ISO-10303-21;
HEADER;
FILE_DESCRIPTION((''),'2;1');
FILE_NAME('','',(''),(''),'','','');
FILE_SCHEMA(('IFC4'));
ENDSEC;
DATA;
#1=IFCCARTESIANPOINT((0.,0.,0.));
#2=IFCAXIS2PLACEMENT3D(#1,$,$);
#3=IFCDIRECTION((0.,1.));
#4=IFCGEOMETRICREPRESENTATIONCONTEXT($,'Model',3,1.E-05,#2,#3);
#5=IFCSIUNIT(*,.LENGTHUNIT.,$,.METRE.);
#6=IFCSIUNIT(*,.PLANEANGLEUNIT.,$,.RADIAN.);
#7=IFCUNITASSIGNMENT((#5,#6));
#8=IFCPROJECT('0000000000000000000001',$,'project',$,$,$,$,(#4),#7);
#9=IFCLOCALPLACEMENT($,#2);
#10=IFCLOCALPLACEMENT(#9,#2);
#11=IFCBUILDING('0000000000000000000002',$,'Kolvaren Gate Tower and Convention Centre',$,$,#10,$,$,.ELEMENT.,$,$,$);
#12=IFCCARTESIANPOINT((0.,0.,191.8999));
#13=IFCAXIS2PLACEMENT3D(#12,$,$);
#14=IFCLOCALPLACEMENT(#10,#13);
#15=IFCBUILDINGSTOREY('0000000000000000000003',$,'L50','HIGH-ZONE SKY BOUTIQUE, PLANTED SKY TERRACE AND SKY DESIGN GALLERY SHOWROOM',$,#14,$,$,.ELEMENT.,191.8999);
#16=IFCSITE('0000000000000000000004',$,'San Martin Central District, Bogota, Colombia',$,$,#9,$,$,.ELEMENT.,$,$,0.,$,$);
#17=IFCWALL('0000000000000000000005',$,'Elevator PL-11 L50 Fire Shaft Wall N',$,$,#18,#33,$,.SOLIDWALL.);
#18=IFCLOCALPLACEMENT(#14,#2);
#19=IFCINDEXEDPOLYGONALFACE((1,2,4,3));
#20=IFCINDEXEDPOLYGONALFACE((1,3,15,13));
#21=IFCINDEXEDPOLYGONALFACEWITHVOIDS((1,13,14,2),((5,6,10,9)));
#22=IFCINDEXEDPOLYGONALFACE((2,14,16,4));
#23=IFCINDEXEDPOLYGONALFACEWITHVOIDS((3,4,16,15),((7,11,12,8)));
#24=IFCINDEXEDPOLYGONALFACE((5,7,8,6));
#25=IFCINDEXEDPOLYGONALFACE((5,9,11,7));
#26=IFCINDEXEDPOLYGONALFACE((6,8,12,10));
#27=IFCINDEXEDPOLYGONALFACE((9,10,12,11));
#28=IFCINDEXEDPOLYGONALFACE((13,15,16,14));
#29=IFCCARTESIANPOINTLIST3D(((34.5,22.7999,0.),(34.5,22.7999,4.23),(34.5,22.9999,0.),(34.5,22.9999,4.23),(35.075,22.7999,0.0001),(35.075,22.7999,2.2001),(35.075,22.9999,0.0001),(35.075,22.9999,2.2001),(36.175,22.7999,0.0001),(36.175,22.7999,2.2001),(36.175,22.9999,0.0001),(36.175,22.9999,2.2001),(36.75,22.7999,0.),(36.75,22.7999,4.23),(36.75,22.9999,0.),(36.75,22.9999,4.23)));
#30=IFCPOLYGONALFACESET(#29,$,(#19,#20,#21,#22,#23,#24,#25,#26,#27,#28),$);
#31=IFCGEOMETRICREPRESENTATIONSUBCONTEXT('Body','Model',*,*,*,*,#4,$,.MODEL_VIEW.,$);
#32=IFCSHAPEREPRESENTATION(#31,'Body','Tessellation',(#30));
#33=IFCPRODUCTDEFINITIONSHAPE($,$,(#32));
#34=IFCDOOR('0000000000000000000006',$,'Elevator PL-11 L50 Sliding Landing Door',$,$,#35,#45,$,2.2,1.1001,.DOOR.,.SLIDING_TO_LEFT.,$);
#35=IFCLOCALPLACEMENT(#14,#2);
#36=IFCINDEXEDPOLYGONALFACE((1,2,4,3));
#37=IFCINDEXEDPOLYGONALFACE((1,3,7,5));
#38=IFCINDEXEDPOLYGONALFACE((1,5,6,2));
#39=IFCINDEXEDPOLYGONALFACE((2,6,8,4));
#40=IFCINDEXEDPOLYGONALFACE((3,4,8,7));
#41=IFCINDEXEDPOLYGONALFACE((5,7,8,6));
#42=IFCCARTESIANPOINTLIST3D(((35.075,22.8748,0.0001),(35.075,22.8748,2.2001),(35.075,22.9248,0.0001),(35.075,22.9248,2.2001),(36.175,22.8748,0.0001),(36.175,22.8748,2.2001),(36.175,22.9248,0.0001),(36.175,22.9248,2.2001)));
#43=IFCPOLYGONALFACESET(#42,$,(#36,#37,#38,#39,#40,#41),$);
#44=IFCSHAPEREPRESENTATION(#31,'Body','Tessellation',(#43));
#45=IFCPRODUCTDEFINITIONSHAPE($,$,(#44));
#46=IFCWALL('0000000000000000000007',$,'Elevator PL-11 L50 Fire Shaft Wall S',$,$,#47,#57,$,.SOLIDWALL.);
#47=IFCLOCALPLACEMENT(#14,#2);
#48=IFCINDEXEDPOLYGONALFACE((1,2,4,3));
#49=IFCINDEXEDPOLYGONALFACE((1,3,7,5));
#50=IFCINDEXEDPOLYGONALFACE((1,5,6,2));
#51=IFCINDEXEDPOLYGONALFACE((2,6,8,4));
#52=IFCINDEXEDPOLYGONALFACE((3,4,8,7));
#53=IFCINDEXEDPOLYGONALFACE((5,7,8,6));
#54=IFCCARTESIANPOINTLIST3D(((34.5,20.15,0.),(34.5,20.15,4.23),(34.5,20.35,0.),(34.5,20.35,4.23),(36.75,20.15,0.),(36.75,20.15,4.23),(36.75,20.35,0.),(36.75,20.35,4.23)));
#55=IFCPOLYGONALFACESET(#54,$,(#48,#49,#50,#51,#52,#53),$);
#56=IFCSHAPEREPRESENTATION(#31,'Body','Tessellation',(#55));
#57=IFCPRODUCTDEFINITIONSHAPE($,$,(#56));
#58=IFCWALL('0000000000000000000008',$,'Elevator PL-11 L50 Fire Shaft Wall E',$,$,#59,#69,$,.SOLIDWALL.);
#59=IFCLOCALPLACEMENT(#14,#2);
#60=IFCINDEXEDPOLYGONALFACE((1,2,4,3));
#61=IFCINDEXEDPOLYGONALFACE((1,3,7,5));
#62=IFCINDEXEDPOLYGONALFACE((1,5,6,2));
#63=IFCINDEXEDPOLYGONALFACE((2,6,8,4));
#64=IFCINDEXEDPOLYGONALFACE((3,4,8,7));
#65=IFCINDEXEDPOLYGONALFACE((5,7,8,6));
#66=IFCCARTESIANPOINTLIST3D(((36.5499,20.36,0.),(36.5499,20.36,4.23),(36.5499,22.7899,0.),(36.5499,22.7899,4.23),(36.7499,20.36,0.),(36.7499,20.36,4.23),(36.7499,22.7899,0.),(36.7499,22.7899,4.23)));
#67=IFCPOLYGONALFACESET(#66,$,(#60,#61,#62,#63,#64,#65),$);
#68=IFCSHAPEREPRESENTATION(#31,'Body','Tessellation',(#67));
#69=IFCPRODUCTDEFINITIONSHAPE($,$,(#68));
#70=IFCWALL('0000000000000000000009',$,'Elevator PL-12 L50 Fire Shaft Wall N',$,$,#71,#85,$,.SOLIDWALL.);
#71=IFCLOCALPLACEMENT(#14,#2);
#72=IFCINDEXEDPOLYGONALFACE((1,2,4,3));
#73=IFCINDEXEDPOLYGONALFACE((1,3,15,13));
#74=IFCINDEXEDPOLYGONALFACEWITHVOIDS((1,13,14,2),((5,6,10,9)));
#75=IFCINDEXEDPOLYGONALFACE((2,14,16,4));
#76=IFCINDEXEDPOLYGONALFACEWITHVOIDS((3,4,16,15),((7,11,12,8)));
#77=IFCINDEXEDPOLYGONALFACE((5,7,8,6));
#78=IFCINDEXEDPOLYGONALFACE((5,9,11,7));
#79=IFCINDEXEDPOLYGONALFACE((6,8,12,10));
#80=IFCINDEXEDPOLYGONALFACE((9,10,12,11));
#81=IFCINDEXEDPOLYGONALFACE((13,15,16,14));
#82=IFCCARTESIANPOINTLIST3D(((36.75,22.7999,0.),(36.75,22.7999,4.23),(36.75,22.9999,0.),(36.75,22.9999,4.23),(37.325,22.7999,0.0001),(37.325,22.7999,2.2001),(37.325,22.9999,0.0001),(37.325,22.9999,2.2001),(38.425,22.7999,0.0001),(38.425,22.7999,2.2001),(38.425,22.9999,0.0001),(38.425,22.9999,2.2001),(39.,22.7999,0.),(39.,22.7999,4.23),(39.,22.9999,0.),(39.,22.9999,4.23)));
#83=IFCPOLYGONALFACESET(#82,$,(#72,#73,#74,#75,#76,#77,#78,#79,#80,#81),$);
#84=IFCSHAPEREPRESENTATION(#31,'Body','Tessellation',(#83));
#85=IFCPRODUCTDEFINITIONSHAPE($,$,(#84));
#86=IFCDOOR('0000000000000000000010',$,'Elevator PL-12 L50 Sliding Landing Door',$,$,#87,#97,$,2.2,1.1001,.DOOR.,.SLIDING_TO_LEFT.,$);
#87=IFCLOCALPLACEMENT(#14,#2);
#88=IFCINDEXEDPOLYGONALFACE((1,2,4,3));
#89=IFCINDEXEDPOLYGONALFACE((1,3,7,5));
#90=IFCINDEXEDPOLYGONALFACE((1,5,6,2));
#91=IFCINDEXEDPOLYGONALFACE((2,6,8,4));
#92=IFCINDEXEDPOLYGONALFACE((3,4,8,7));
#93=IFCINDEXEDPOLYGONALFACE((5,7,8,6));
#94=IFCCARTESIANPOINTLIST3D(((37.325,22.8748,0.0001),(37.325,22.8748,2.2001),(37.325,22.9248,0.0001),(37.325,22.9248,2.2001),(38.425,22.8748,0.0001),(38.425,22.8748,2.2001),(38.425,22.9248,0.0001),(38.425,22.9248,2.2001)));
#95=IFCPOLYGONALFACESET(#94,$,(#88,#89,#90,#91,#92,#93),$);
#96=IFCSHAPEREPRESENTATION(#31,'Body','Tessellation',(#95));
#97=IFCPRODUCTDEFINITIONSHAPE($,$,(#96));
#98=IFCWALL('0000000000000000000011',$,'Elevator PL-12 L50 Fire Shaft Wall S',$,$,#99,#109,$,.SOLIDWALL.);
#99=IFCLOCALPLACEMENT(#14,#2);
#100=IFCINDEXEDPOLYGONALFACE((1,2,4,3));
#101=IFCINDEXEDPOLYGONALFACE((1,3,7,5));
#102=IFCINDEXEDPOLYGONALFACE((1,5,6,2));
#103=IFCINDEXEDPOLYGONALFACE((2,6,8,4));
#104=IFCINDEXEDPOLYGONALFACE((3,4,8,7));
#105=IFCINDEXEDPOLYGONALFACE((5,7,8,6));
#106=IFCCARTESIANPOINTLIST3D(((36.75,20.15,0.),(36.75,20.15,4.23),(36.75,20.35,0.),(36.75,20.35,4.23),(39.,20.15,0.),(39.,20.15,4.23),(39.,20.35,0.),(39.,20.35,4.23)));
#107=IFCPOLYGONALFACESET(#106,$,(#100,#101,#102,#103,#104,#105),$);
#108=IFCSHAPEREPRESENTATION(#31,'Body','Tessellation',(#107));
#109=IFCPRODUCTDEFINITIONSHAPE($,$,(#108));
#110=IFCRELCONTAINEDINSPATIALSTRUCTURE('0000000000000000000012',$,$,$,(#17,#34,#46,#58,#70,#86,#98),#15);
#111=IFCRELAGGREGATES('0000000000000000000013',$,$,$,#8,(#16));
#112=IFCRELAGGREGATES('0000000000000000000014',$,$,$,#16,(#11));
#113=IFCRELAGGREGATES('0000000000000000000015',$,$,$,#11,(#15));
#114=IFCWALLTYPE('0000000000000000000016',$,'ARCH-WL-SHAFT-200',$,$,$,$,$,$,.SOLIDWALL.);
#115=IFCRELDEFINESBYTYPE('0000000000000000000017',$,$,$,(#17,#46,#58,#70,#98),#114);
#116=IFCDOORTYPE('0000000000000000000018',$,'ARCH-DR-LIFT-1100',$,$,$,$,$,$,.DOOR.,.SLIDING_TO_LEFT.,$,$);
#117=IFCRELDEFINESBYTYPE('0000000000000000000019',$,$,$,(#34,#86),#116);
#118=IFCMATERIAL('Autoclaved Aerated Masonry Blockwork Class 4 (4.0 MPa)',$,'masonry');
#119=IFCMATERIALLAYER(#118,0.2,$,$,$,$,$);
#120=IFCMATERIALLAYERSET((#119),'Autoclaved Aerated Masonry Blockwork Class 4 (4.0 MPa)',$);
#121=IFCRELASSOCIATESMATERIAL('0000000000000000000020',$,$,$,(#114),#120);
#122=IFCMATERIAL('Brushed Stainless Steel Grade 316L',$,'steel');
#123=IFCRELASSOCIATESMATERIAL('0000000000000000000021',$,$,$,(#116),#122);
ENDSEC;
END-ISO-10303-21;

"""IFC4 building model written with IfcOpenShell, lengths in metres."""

from ifc_helpers import new_model, si_unit, direction, frame, frame_2d, origin, place, context, subcontext, project, spatial, rectangle, extrude, material, layer, layer_set, type_object, element, fill, save


model = new_model("IFC4")

# Units and contexts
model_context = context("Model", 3, precision=1e-05, world=origin(), true_north=direction((0.0, 1.0)))
body_context = subcontext(model_context, "Body", "Model", "MODEL_VIEW")
ifc_project = project(units=[si_unit("LENGTHUNIT", "METRE"), si_unit("PLANEANGLEUNIT", "RADIAN")], contexts=[model_context])

# Site, building, storey
site_placement = place(None, origin())
site = spatial("IfcSite", under=ifc_project, at=site_placement, Name="San Martin Central District, Bogota, Colombia", CompositionType="ELEMENT", RefElevation=0.0)
building_placement = place(site_placement, origin())
building = spatial("IfcBuilding", under=site, at=building_placement, Name="Kolvaren Gate Tower and Convention Centre", CompositionType="ELEMENT")
storey_placement = place(building_placement, frame((0.0, 0.0, 191.8999)))
storey = spatial("IfcBuildingStorey", under=building, at=storey_placement, Name="L50", Description="HIGH-ZONE SKY BOUTIQUE, PLANTED SKY TERRACE AND SKY DESIGN GALLERY SHOWROOM", CompositionType="ELEMENT", Elevation=191.8999)

# Shared definitions
ifc_material_1 = material(Name="Autoclaved Aerated Masonry Blockwork Class 4 (4.0 MPa)", Category="masonry")
ifc_layer = layer(ifc_material_1, 0.2)
ifc_layer_set = layer_set([ifc_layer], Name="Autoclaved Aerated Masonry Blockwork Class 4 (4.0 MPa)")
wall_type = type_object("IfcWallType", Name="ARCH-WL-SHAFT-200", PredefinedType="SOLIDWALL", material=ifc_layer_set)

# Shared definitions
ifc_material_2 = material(Name="Brushed Stainless Steel Grade 316L", Category="steel")
door_type = type_object("IfcDoorType", Name="ARCH-DR-LIFT-1100", OperationType="SLIDING_TO_LEFT", PredefinedType="DOOR", material=ifc_material_2)

# Wall, opening, door
wall_1_placement = place(storey_placement, frame((34.5, 22.8999, 0.0), z_axis=(0.0, 0.0, 1.0), x_axis=(1.0, 0.0, 0.0)))
wall_1 = element("IfcWall", 1, at=wall_1_placement, inside=storey, type_object=wall_type, Name="Elevator PL-11 L50 Fire Shaft Wall N", PredefinedType="SOLIDWALL", context=body_context, shape_type="SweptSolid", body=[
    extrude(rectangle(XDim=2.25, YDim=0.2, at=frame_2d((1.125, 0.0))), origin(), (0.0, 0.0, 1.0), 4.23),
])
opening_1_placement = place(wall_1_placement, frame((0.575, 0.0, 0.0)))
opening_1 = element("IfcOpeningElement", 2, at=opening_1_placement, cuts=wall_1, PredefinedType="OPENING", context=body_context, shape_type="SweptSolid", body=[
    extrude(rectangle(XDim=1.1001, YDim=2.2, at=frame_2d((0.55, 1.1001))), frame((0.0, 0.1099, 0.0), z_axis=(0.0, -1.0, 0.0), x_axis=(1.0, 0.0, 0.0)), (0.0, 0.0, 1.0), 0.22),
])
door_1_placement = place(opening_1_placement, origin())
door_1 = element("IfcDoor", 3, at=door_1_placement, inside=storey, type_object=door_type, Name="Elevator PL-11 L50 Sliding Landing Door", OperationType="SLIDING_TO_LEFT", OverallHeight=2.2, OverallWidth=1.1001, PredefinedType="DOOR", context=body_context, shape_type="SweptSolid", body=[
    extrude(rectangle(XDim=1.1001, YDim=2.2, at=frame_2d((0.55, 1.1001))), frame((0.0, 0.0249, 0.0), z_axis=(0.0, -1.0, 0.0), x_axis=(1.0, 0.0, 0.0)), (0.0, 0.0, 1.0), 0.05),
])
fill(opening_1, door_1)

# Walls
wall_2_placement = place(storey_placement, frame((34.5, 20.25, 0.0), z_axis=(0.0, 0.0, 1.0), x_axis=(1.0, 0.0, 0.0)))
element("IfcWall", 4, at=wall_2_placement, inside=storey, type_object=wall_type, Name="Elevator PL-11 L50 Fire Shaft Wall S", PredefinedType="SOLIDWALL", context=body_context, shape_type="SweptSolid", body=[
    extrude(rectangle(XDim=2.25, YDim=0.2, at=frame_2d((1.125, 0.0))), origin(), (0.0, 0.0, 1.0), 4.23),
])
wall_3_placement = place(storey_placement, frame((36.6499, 20.3601, 0.0), z_axis=(0.0, 0.0, 1.0), x_axis=(0.0, 1.0, 0.0)))
element("IfcWall", 5, at=wall_3_placement, inside=storey, type_object=wall_type, Name="Elevator PL-11 L50 Fire Shaft Wall E", PredefinedType="SOLIDWALL", context=body_context, shape_type="SweptSolid", body=[
    extrude(rectangle(XDim=2.4299, YDim=0.2, at=frame_2d((1.2148, 0.0))), origin(), (0.0, 0.0, 1.0), 4.23),
])

# Wall, opening, door
wall_4_placement = place(storey_placement, frame((36.75, 22.8999, 0.0), z_axis=(0.0, 0.0, 1.0), x_axis=(1.0, 0.0, 0.0)))
wall_4 = element("IfcWall", 6, at=wall_4_placement, inside=storey, type_object=wall_type, Name="Elevator PL-12 L50 Fire Shaft Wall N", PredefinedType="SOLIDWALL", context=body_context, shape_type="SweptSolid", body=[
    extrude(rectangle(XDim=2.25, YDim=0.2, at=frame_2d((1.125, 0.0))), origin(), (0.0, 0.0, 1.0), 4.23),
])
opening_2_placement = place(wall_4_placement, frame((0.575, 0.0, 0.0)))
opening_2 = element("IfcOpeningElement", 7, at=opening_2_placement, cuts=wall_4, PredefinedType="OPENING", context=body_context, shape_type="SweptSolid", body=[
    extrude(rectangle(XDim=1.1001, YDim=2.2, at=frame_2d((0.55, 1.1001))), frame((0.0, 0.1099, 0.0), z_axis=(0.0, -1.0, 0.0), x_axis=(1.0, 0.0, 0.0)), (0.0, 0.0, 1.0), 0.22),
])
door_2_placement = place(opening_2_placement, origin())
door_2 = element("IfcDoor", 8, at=door_2_placement, inside=storey, type_object=door_type, Name="Elevator PL-12 L50 Sliding Landing Door", OperationType="SLIDING_TO_LEFT", OverallHeight=2.2, OverallWidth=1.1001, PredefinedType="DOOR", context=body_context, shape_type="SweptSolid", body=[
    extrude(rectangle(XDim=1.1001, YDim=2.2, at=frame_2d((0.55, 1.1001))), frame((0.0, 0.0249, 0.0), z_axis=(0.0, -1.0, 0.0), x_axis=(1.0, 0.0, 0.0)), (0.0, 0.0, 1.0), 0.05),
])
fill(opening_2, door_2)

# Wall
wall_5_placement = place(storey_placement, frame((36.75, 20.25, 0.0), z_axis=(0.0, 0.0, 1.0), x_axis=(1.0, 0.0, 0.0)))
element("IfcWall", 9, at=wall_5_placement, inside=storey, type_object=wall_type, Name="Elevator PL-12 L50 Fire Shaft Wall S", PredefinedType="SOLIDWALL", context=body_context, shape_type="SweptSolid", body=[
    extrude(rectangle(XDim=2.25, YDim=0.2, at=frame_2d((1.125, 0.0))), origin(), (0.0, 0.0, 1.0), 4.23),
])

save(model, "model.ifc")
